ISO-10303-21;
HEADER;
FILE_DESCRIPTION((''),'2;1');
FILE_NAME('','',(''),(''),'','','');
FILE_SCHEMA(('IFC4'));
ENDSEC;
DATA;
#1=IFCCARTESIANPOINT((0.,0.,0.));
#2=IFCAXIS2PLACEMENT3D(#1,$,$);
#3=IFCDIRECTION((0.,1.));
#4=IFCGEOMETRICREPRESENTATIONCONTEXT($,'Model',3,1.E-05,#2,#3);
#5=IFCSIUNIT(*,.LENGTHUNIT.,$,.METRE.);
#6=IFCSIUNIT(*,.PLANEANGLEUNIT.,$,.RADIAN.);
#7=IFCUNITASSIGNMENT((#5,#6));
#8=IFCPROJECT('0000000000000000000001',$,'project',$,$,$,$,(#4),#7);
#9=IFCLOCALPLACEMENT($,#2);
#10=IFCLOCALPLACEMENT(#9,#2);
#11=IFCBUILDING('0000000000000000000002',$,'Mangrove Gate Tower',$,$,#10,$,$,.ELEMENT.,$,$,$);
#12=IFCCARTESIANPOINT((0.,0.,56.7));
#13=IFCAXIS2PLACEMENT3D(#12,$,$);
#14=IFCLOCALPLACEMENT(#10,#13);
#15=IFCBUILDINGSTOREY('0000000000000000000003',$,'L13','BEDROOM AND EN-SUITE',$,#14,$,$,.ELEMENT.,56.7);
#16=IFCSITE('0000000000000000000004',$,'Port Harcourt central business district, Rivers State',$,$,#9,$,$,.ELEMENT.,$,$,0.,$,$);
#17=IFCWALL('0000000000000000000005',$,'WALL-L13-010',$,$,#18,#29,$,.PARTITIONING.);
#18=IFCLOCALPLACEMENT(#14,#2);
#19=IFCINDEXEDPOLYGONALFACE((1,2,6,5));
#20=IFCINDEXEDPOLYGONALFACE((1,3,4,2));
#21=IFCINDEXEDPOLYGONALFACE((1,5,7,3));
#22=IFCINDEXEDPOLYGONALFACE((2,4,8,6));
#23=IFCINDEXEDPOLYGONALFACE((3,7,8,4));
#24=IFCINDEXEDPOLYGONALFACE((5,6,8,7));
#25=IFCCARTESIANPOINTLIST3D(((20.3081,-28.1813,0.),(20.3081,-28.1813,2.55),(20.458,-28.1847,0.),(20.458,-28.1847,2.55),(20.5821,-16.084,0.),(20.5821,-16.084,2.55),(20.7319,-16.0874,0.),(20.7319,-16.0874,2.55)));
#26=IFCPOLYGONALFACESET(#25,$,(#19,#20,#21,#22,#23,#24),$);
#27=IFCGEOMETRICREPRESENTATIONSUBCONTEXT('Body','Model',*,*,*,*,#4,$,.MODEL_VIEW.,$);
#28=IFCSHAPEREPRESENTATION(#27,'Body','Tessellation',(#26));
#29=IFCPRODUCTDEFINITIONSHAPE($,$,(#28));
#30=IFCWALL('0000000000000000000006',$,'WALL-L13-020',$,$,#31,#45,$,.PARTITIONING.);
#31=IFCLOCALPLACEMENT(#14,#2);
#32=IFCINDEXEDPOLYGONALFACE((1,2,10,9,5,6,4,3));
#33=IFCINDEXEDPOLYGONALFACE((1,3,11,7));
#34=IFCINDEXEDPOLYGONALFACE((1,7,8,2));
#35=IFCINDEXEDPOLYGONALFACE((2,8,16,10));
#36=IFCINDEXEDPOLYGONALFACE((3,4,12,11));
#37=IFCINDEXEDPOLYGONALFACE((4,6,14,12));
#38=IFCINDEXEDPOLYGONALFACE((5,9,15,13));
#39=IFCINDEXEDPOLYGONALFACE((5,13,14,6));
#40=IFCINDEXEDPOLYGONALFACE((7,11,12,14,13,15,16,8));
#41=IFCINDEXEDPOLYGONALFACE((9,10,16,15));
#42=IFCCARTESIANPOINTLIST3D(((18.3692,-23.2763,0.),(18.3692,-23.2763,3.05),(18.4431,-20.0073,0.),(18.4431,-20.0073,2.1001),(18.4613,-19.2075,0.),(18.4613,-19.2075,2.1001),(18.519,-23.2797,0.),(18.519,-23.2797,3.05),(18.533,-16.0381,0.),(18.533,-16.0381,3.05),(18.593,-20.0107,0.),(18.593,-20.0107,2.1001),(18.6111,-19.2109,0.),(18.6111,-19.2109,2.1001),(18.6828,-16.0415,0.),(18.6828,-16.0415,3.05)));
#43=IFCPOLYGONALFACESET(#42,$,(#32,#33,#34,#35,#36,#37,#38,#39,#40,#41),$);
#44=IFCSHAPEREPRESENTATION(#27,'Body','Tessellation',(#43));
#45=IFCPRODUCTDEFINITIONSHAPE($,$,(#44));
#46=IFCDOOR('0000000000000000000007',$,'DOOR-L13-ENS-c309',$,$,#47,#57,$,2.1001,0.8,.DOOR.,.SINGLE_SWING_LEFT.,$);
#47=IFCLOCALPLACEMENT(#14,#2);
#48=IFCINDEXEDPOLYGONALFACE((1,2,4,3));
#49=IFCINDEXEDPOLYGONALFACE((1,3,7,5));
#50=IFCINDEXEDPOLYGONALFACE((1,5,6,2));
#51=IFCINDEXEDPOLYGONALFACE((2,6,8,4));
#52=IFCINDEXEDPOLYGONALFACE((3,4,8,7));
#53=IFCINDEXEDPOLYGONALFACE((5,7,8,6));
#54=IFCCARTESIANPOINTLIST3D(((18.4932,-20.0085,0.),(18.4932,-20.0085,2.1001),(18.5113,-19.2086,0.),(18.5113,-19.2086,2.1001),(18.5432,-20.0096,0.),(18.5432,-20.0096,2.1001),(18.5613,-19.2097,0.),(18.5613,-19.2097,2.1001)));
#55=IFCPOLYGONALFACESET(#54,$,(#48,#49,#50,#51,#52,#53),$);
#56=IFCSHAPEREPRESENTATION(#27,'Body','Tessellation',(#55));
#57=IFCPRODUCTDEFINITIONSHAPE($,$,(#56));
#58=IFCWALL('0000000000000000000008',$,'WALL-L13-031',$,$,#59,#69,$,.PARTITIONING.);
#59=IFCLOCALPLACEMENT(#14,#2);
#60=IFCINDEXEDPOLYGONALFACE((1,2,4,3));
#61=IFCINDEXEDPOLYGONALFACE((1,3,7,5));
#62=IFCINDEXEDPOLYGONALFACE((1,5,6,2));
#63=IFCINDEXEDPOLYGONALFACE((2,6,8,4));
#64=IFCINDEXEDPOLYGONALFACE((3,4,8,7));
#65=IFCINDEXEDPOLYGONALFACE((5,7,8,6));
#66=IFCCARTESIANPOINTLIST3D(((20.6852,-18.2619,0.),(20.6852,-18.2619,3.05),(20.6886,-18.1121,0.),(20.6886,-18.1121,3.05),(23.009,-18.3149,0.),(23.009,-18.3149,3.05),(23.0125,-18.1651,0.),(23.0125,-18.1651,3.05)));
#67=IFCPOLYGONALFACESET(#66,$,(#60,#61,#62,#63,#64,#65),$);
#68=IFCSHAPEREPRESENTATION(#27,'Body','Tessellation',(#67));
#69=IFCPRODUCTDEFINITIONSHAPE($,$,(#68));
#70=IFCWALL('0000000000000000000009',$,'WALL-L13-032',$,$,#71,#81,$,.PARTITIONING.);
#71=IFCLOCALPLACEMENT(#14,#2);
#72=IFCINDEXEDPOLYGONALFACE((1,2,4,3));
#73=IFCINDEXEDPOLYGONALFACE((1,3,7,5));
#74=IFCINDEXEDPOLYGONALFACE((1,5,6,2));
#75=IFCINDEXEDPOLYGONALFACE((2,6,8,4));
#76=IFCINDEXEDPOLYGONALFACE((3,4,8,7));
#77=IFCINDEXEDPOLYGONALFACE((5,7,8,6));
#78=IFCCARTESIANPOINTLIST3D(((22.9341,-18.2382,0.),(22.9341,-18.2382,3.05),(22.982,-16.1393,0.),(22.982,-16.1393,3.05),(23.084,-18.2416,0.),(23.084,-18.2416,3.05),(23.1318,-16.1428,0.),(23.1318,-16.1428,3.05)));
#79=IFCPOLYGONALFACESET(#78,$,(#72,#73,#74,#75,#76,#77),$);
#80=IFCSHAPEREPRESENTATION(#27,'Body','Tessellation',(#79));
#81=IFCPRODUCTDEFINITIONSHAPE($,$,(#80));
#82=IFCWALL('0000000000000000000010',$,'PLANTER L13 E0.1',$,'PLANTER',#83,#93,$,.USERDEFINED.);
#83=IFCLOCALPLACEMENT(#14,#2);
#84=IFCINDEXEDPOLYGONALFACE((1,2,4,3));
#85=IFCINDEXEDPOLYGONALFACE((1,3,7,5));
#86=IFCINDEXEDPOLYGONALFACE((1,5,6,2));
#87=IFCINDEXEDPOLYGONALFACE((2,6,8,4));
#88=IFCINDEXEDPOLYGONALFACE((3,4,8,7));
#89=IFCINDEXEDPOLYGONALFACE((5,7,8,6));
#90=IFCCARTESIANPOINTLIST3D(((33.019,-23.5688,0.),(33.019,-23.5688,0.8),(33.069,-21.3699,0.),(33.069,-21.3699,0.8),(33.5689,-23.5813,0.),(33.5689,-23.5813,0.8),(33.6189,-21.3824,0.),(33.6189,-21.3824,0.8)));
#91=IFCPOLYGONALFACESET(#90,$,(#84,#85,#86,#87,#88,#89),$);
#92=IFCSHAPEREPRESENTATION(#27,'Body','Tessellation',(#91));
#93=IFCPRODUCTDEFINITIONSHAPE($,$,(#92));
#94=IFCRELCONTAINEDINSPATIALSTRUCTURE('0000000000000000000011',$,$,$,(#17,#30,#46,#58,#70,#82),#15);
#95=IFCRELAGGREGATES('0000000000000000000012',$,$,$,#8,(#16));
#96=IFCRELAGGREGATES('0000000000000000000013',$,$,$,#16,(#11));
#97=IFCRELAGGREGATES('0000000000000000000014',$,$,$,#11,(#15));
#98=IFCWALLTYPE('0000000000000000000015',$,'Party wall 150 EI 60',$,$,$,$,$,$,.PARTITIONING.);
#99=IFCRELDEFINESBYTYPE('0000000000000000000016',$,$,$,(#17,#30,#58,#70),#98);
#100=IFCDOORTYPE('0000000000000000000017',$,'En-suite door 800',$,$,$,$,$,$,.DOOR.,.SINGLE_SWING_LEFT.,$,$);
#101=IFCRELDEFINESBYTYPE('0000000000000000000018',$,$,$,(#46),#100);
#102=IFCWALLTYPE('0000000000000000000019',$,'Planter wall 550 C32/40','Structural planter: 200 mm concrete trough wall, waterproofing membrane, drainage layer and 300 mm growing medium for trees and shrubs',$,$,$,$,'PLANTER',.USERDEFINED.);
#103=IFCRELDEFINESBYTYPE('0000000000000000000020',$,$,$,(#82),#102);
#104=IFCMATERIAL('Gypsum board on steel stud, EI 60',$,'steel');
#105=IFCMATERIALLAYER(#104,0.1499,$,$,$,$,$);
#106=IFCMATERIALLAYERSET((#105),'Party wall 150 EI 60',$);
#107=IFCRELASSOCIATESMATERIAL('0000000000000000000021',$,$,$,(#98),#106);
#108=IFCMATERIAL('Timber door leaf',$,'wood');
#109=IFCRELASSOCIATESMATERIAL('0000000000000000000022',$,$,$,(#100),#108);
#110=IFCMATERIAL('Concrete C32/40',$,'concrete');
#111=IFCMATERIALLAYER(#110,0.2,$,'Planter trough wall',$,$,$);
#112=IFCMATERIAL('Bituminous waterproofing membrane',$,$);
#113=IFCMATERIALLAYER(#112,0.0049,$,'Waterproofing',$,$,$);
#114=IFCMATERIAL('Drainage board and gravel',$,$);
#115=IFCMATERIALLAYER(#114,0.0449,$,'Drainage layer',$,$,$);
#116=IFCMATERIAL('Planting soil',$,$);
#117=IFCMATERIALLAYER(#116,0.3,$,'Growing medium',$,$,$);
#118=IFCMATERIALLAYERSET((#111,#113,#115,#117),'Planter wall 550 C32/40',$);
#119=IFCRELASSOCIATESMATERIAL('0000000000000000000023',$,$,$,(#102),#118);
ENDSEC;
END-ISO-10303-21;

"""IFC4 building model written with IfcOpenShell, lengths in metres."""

from ifc_helpers import new_model, si_unit, direction, frame, frame_2d, origin, place, context, subcontext, project, spatial, rectangle, extrude, material, layer, layer_set, type_object, element, fill, save


model = new_model("IFC4")

# Units and contexts
model_context = context("Model", 3, precision=1e-05, world=origin(), true_north=direction((0.0, 1.0)))
body_context = subcontext(model_context, "Body", "Model", "MODEL_VIEW")
ifc_project = project(units=[si_unit("LENGTHUNIT", "METRE"), si_unit("PLANEANGLEUNIT", "RADIAN")], contexts=[model_context])

# Site, building, storey
site_placement = place(None, origin())
site = spatial("IfcSite", under=ifc_project, at=site_placement, Name="Port Harcourt central business district, Rivers State", CompositionType="ELEMENT", RefElevation=0.0)
building_placement = place(site_placement, origin())
building = spatial("IfcBuilding", under=site, at=building_placement, Name="Mangrove Gate Tower", CompositionType="ELEMENT")
storey_placement = place(building_placement, frame((0.0, 0.0, 56.7)))
storey = spatial("IfcBuildingStorey", under=building, at=storey_placement, Name="L13", Description="BEDROOM AND EN-SUITE", CompositionType="ELEMENT", Elevation=56.7)

# Wall
ifc_material_1 = material(Name="Gypsum board on steel stud, EI 60", Category="steel")
ifc_layer_1 = layer(ifc_material_1, 0.1499)
ifc_layer_set_1 = layer_set([ifc_layer_1], Name="Party wall 150 EI 60")
wall_type_1 = type_object("IfcWallType", Name="Party wall 150 EI 60", PredefinedType="PARTITIONING", material=ifc_layer_set_1)
wall_1_placement = place(storey_placement, frame((20.3831, -28.1831, 0.0), z_axis=(0.0, 0.0, 1.0), x_axis=(0.022638, 0.999744, 0.0)))
element("IfcWall", 1, at=wall_1_placement, inside=storey, type_object=wall_type_1, Name="WALL-L13-010", PredefinedType="PARTITIONING", context=body_context, shape_type="SweptSolid", body=[
    extrude(rectangle(XDim=12.1003, YDim=0.1499, at=frame_2d((6.0503, 0.0))), origin(), (0.0, 0.0, 1.0), 2.55),
])

# Wall, opening, door
wall_2_placement = place(storey_placement, frame((18.4441, -23.2781, 0.0), z_axis=(0.0, 0.0, 1.0), x_axis=(0.022627, 0.999744, 0.0)))
wall_2 = element("IfcWall", 2, at=wall_2_placement, inside=storey, type_object=wall_type_1, Name="WALL-L13-020", PredefinedType="PARTITIONING", context=body_context, shape_type="SweptSolid", body=[
    extrude(rectangle(XDim=7.24, YDim=0.1499, at=frame_2d((3.6201, 0.0))), origin(), (0.0, 0.0, 1.0), 3.05),
])
opening_1_placement = place(wall_2_placement, frame((3.27, 0.0, 0.0)))
opening_1 = element("IfcOpeningElement", 3, at=opening_1_placement, cuts=wall_2, PredefinedType="OPENING", context=body_context, shape_type="SweptSolid", body=[
    extrude(rectangle(XDim=0.8, YDim=2.1001, at=frame_2d((0.3999, 1.05))), frame((0.0, 0.085, 0.0), z_axis=(0.0, -1.0, 0.0), x_axis=(1.0, 0.0, 0.0)), (0.0, 0.0, 1.0), 0.1699),
])
ifc_material_2 = material(Name="Timber door leaf", Category="wood")
door_type_1 = type_object("IfcDoorType", Name="En-suite door 800", OperationType="SINGLE_SWING_LEFT", PredefinedType="DOOR", material=ifc_material_2)
door_1_placement = place(opening_1_placement, origin())
door_1 = element("IfcDoor", 4, at=door_1_placement, inside=storey, type_object=door_type_1, Name="DOOR-L13-ENS-c309", OperationType="SINGLE_SWING_LEFT", OverallHeight=2.1001, OverallWidth=0.8, PredefinedType="DOOR", context=body_context, shape_type="SweptSolid", body=[
    extrude(rectangle(XDim=0.8, YDim=2.1001, at=frame_2d((0.3999, 1.05))), frame((0.0, 0.0249, 0.0), z_axis=(0.0, -1.0, 0.0), x_axis=(1.0, 0.0, 0.0)), (0.0, 0.0, 1.0), 0.05),
])
fill(opening_1, door_1)

# Walls
wall_3_placement = place(storey_placement, frame((20.687, -18.187, 0.0), z_axis=(0.0, 0.0, 1.0), x_axis=(0.99974, -0.022791, 0.0)))
element("IfcWall", 5, at=wall_3_placement, inside=storey, type_object=wall_type_1, Name="WALL-L13-031", PredefinedType="PARTITIONING", context=body_context, shape_type="SweptSolid", body=[
    extrude(rectangle(XDim=2.3245, YDim=0.1499, at=frame_2d((1.1621, 0.0))), origin(), (0.0, 0.0, 1.0), 3.05),
])
wall_4_placement = place(storey_placement, frame((23.009, -18.24, 0.0), z_axis=(0.0, 0.0, 1.0), x_axis=(0.022793, 0.99974, 0.0)))
element("IfcWall", 6, at=wall_4_placement, inside=storey, type_object=wall_type_1, Name="WALL-L13-032", PredefinedType="PARTITIONING", context=body_context, shape_type="SweptSolid", body=[
    extrude(rectangle(XDim=2.0994, YDim=0.1499, at=frame_2d((1.0498, 0.0))), origin(), (0.0, 0.0, 1.0), 3.05),
])
ifc_material_3 = material(Name="Concrete C32/40", Category="concrete")
ifc_layer_2 = layer(ifc_material_3, 0.2, Name="Planter trough wall")
ifc_material_4 = material(Name="Bituminous waterproofing membrane")
ifc_layer_3 = layer(ifc_material_4, 0.0049, Name="Waterproofing")
ifc_material_5 = material(Name="Drainage board and gravel")
ifc_layer_4 = layer(ifc_material_5, 0.0449, Name="Drainage layer")
ifc_material_6 = material(Name="Planting soil")
ifc_layer_5 = layer(ifc_material_6, 0.3, Name="Growing medium")
ifc_layer_set_2 = layer_set([ifc_layer_2, ifc_layer_3, ifc_layer_4, ifc_layer_5], Name="Planter wall 550 C32/40")
wall_type_2 = type_object("IfcWallType", Name="Planter wall 550 C32/40", Description="Structural planter: 200 mm concrete trough wall, waterproofing membrane, drainage layer and 300 mm growing medium for trees and shrubs", ElementType="PLANTER", PredefinedType="USERDEFINED", material=ifc_layer_set_2)
wall_5_placement = place(storey_placement, frame((33.2939, -23.575, 0.0), z_axis=(0.0, 0.0, 1.0), x_axis=(0.022754, 0.999741, 0.0)))
element("IfcWall", 7, at=wall_5_placement, inside=storey, type_object=wall_type_2, Name="PLANTER L13 E0.1", ObjectType="PLANTER", PredefinedType="USERDEFINED", context=body_context, shape_type="SweptSolid", body=[
    extrude(rectangle(XDim=2.1995, YDim=0.55, at=frame_2d((1.0996, 0.0))), origin(), (0.0, 0.0, 1.0), 0.8),
])

save(model, "model.ifc")
